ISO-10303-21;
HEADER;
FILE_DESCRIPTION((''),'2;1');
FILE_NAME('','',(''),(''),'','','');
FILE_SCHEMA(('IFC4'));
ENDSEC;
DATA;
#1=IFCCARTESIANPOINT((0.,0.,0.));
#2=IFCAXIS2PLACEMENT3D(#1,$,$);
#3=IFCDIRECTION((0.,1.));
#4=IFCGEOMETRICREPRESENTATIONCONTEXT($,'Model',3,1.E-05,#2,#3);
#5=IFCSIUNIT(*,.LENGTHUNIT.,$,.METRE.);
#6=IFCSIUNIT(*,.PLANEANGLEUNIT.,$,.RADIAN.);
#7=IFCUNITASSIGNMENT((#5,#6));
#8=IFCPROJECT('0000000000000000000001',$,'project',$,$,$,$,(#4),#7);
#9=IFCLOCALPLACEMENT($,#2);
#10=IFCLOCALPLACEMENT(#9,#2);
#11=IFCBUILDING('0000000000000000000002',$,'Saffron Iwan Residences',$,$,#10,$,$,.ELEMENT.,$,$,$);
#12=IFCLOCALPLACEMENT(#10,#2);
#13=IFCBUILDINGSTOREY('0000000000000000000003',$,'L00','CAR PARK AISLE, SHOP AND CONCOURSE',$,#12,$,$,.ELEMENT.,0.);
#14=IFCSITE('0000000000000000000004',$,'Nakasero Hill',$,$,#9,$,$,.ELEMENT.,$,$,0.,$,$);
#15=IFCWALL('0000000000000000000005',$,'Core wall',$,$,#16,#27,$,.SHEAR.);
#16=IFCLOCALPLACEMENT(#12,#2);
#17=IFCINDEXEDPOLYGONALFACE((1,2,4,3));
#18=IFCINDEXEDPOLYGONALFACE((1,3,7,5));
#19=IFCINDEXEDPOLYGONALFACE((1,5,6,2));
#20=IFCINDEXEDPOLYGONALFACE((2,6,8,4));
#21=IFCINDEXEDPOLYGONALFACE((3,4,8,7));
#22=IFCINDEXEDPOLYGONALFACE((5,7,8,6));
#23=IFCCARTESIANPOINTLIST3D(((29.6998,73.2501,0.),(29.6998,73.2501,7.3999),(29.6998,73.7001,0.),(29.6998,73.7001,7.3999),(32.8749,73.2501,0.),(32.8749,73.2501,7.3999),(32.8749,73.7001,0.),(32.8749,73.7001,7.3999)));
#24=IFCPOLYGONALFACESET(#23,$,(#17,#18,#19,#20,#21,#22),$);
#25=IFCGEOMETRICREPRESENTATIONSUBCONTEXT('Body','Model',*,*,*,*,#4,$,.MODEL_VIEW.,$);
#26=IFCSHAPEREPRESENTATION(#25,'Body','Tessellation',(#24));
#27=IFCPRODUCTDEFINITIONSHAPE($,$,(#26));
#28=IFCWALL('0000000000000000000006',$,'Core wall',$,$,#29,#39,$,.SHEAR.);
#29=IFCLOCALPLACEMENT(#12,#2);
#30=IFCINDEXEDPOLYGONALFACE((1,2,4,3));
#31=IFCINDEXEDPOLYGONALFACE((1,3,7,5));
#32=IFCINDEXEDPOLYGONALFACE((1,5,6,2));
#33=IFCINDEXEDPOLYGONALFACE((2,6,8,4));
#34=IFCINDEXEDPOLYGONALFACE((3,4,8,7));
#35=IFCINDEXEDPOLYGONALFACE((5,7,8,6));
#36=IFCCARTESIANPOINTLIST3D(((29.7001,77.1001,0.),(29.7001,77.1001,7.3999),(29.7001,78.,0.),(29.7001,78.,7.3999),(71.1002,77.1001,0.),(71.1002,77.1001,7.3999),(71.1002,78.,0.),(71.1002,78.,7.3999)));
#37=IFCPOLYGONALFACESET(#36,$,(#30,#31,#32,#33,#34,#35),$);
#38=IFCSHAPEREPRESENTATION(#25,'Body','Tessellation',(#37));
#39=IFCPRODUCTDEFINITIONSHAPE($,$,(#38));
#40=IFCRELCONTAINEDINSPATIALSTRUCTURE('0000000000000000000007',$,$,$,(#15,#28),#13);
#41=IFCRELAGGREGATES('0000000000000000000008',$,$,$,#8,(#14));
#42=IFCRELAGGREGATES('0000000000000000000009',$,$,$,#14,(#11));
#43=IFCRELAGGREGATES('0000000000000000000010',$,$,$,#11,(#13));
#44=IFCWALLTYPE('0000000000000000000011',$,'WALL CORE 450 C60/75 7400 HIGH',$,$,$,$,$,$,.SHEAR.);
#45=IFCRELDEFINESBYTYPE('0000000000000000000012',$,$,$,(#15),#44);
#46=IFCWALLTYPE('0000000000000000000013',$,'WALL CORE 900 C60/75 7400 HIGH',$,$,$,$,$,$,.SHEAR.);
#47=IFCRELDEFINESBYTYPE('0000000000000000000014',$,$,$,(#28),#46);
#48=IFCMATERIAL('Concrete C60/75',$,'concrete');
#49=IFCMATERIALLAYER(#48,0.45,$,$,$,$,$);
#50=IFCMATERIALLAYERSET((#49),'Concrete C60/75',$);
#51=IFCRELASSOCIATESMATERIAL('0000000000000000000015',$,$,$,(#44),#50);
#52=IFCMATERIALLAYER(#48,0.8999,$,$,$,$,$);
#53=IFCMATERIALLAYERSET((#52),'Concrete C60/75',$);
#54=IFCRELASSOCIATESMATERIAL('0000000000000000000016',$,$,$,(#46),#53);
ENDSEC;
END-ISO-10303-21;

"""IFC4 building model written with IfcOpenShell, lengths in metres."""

from ifc_helpers import new_model, si_unit, direction, frame, frame_2d, origin, place, context, subcontext, project, spatial, rectangle, extrude, material, layer, layer_set, type_object, element, save


model = new_model("IFC4")

# Units and contexts
model_context = context("Model", 3, precision=1e-05, world=origin(), true_north=direction((0.0, 1.0)))
body_context = subcontext(model_context, "Body", "Model", "MODEL_VIEW")
ifc_project = project(units=[si_unit("LENGTHUNIT", "METRE"), si_unit("PLANEANGLEUNIT", "RADIAN")], contexts=[model_context])

# Site, building, storey
site_placement = place(None, origin())
site = spatial("IfcSite", under=ifc_project, at=site_placement, Name="Nakasero Hill", CompositionType="ELEMENT", RefElevation=0.0)
building_placement = place(site_placement, origin())
building = spatial("IfcBuilding", under=site, at=building_placement, Name="Saffron Iwan Residences", CompositionType="ELEMENT")
storey_placement = place(building_placement, origin())
storey = spatial("IfcBuildingStorey", under=building, at=storey_placement, Name="L00", Description="CAR PARK AISLE, SHOP AND CONCOURSE", CompositionType="ELEMENT", Elevation=0.0)

# Walls
ifc_material_1 = material(Name="Concrete C60/75", Category="concrete")
ifc_layer_1 = layer(ifc_material_1, 0.45)
ifc_layer_set_1 = layer_set([ifc_layer_1], Name="Concrete C60/75")
wall_type_1 = type_object("IfcWallType", Name="WALL CORE 450 C60/75 7400 HIGH", PredefinedType="SHEAR", material=ifc_layer_set_1)
wall_1_placement = place(storey_placement, frame((29.7, 73.4751, 0.0), z_axis=(0.0, 0.0, 1.0), x_axis=(1.0, 0.0, 0.0)))
element("IfcWall", 1, at=wall_1_placement, inside=storey, type_object=wall_type_1, Name="Core wall", PredefinedType="SHEAR", context=body_context, shape_type="SweptSolid", body=[
    extrude(rectangle(XDim=3.175, YDim=0.45, at=frame_2d((1.5874, 0.0))), origin(), (0.0, 0.0, 1.0), 7.3999),
])
ifc_layer_2 = layer(ifc_material_1, 0.8999)
ifc_layer_set_2 = layer_set([ifc_layer_2], Name="Concrete C60/75")
wall_type_2 = type_object("IfcWallType", Name="WALL CORE 900 C60/75 7400 HIGH", PredefinedType="SHEAR", material=ifc_layer_set_2)
wall_2_placement = place(storey_placement, frame((29.7, 77.55, 0.0), z_axis=(0.0, 0.0, 1.0), x_axis=(1.0, 0.0, 0.0)))
element("IfcWall", 2, at=wall_2_placement, inside=storey, type_object=wall_type_2, Name="Core wall", PredefinedType="SHEAR", context=body_context, shape_type="SweptSolid", body=[
    extrude(rectangle(XDim=41.4001, YDim=0.8999, at=frame_2d((20.7002, 0.0))), origin(), (0.0, 0.0, 1.0), 7.3999),
])

save(model, "model.ifc")
